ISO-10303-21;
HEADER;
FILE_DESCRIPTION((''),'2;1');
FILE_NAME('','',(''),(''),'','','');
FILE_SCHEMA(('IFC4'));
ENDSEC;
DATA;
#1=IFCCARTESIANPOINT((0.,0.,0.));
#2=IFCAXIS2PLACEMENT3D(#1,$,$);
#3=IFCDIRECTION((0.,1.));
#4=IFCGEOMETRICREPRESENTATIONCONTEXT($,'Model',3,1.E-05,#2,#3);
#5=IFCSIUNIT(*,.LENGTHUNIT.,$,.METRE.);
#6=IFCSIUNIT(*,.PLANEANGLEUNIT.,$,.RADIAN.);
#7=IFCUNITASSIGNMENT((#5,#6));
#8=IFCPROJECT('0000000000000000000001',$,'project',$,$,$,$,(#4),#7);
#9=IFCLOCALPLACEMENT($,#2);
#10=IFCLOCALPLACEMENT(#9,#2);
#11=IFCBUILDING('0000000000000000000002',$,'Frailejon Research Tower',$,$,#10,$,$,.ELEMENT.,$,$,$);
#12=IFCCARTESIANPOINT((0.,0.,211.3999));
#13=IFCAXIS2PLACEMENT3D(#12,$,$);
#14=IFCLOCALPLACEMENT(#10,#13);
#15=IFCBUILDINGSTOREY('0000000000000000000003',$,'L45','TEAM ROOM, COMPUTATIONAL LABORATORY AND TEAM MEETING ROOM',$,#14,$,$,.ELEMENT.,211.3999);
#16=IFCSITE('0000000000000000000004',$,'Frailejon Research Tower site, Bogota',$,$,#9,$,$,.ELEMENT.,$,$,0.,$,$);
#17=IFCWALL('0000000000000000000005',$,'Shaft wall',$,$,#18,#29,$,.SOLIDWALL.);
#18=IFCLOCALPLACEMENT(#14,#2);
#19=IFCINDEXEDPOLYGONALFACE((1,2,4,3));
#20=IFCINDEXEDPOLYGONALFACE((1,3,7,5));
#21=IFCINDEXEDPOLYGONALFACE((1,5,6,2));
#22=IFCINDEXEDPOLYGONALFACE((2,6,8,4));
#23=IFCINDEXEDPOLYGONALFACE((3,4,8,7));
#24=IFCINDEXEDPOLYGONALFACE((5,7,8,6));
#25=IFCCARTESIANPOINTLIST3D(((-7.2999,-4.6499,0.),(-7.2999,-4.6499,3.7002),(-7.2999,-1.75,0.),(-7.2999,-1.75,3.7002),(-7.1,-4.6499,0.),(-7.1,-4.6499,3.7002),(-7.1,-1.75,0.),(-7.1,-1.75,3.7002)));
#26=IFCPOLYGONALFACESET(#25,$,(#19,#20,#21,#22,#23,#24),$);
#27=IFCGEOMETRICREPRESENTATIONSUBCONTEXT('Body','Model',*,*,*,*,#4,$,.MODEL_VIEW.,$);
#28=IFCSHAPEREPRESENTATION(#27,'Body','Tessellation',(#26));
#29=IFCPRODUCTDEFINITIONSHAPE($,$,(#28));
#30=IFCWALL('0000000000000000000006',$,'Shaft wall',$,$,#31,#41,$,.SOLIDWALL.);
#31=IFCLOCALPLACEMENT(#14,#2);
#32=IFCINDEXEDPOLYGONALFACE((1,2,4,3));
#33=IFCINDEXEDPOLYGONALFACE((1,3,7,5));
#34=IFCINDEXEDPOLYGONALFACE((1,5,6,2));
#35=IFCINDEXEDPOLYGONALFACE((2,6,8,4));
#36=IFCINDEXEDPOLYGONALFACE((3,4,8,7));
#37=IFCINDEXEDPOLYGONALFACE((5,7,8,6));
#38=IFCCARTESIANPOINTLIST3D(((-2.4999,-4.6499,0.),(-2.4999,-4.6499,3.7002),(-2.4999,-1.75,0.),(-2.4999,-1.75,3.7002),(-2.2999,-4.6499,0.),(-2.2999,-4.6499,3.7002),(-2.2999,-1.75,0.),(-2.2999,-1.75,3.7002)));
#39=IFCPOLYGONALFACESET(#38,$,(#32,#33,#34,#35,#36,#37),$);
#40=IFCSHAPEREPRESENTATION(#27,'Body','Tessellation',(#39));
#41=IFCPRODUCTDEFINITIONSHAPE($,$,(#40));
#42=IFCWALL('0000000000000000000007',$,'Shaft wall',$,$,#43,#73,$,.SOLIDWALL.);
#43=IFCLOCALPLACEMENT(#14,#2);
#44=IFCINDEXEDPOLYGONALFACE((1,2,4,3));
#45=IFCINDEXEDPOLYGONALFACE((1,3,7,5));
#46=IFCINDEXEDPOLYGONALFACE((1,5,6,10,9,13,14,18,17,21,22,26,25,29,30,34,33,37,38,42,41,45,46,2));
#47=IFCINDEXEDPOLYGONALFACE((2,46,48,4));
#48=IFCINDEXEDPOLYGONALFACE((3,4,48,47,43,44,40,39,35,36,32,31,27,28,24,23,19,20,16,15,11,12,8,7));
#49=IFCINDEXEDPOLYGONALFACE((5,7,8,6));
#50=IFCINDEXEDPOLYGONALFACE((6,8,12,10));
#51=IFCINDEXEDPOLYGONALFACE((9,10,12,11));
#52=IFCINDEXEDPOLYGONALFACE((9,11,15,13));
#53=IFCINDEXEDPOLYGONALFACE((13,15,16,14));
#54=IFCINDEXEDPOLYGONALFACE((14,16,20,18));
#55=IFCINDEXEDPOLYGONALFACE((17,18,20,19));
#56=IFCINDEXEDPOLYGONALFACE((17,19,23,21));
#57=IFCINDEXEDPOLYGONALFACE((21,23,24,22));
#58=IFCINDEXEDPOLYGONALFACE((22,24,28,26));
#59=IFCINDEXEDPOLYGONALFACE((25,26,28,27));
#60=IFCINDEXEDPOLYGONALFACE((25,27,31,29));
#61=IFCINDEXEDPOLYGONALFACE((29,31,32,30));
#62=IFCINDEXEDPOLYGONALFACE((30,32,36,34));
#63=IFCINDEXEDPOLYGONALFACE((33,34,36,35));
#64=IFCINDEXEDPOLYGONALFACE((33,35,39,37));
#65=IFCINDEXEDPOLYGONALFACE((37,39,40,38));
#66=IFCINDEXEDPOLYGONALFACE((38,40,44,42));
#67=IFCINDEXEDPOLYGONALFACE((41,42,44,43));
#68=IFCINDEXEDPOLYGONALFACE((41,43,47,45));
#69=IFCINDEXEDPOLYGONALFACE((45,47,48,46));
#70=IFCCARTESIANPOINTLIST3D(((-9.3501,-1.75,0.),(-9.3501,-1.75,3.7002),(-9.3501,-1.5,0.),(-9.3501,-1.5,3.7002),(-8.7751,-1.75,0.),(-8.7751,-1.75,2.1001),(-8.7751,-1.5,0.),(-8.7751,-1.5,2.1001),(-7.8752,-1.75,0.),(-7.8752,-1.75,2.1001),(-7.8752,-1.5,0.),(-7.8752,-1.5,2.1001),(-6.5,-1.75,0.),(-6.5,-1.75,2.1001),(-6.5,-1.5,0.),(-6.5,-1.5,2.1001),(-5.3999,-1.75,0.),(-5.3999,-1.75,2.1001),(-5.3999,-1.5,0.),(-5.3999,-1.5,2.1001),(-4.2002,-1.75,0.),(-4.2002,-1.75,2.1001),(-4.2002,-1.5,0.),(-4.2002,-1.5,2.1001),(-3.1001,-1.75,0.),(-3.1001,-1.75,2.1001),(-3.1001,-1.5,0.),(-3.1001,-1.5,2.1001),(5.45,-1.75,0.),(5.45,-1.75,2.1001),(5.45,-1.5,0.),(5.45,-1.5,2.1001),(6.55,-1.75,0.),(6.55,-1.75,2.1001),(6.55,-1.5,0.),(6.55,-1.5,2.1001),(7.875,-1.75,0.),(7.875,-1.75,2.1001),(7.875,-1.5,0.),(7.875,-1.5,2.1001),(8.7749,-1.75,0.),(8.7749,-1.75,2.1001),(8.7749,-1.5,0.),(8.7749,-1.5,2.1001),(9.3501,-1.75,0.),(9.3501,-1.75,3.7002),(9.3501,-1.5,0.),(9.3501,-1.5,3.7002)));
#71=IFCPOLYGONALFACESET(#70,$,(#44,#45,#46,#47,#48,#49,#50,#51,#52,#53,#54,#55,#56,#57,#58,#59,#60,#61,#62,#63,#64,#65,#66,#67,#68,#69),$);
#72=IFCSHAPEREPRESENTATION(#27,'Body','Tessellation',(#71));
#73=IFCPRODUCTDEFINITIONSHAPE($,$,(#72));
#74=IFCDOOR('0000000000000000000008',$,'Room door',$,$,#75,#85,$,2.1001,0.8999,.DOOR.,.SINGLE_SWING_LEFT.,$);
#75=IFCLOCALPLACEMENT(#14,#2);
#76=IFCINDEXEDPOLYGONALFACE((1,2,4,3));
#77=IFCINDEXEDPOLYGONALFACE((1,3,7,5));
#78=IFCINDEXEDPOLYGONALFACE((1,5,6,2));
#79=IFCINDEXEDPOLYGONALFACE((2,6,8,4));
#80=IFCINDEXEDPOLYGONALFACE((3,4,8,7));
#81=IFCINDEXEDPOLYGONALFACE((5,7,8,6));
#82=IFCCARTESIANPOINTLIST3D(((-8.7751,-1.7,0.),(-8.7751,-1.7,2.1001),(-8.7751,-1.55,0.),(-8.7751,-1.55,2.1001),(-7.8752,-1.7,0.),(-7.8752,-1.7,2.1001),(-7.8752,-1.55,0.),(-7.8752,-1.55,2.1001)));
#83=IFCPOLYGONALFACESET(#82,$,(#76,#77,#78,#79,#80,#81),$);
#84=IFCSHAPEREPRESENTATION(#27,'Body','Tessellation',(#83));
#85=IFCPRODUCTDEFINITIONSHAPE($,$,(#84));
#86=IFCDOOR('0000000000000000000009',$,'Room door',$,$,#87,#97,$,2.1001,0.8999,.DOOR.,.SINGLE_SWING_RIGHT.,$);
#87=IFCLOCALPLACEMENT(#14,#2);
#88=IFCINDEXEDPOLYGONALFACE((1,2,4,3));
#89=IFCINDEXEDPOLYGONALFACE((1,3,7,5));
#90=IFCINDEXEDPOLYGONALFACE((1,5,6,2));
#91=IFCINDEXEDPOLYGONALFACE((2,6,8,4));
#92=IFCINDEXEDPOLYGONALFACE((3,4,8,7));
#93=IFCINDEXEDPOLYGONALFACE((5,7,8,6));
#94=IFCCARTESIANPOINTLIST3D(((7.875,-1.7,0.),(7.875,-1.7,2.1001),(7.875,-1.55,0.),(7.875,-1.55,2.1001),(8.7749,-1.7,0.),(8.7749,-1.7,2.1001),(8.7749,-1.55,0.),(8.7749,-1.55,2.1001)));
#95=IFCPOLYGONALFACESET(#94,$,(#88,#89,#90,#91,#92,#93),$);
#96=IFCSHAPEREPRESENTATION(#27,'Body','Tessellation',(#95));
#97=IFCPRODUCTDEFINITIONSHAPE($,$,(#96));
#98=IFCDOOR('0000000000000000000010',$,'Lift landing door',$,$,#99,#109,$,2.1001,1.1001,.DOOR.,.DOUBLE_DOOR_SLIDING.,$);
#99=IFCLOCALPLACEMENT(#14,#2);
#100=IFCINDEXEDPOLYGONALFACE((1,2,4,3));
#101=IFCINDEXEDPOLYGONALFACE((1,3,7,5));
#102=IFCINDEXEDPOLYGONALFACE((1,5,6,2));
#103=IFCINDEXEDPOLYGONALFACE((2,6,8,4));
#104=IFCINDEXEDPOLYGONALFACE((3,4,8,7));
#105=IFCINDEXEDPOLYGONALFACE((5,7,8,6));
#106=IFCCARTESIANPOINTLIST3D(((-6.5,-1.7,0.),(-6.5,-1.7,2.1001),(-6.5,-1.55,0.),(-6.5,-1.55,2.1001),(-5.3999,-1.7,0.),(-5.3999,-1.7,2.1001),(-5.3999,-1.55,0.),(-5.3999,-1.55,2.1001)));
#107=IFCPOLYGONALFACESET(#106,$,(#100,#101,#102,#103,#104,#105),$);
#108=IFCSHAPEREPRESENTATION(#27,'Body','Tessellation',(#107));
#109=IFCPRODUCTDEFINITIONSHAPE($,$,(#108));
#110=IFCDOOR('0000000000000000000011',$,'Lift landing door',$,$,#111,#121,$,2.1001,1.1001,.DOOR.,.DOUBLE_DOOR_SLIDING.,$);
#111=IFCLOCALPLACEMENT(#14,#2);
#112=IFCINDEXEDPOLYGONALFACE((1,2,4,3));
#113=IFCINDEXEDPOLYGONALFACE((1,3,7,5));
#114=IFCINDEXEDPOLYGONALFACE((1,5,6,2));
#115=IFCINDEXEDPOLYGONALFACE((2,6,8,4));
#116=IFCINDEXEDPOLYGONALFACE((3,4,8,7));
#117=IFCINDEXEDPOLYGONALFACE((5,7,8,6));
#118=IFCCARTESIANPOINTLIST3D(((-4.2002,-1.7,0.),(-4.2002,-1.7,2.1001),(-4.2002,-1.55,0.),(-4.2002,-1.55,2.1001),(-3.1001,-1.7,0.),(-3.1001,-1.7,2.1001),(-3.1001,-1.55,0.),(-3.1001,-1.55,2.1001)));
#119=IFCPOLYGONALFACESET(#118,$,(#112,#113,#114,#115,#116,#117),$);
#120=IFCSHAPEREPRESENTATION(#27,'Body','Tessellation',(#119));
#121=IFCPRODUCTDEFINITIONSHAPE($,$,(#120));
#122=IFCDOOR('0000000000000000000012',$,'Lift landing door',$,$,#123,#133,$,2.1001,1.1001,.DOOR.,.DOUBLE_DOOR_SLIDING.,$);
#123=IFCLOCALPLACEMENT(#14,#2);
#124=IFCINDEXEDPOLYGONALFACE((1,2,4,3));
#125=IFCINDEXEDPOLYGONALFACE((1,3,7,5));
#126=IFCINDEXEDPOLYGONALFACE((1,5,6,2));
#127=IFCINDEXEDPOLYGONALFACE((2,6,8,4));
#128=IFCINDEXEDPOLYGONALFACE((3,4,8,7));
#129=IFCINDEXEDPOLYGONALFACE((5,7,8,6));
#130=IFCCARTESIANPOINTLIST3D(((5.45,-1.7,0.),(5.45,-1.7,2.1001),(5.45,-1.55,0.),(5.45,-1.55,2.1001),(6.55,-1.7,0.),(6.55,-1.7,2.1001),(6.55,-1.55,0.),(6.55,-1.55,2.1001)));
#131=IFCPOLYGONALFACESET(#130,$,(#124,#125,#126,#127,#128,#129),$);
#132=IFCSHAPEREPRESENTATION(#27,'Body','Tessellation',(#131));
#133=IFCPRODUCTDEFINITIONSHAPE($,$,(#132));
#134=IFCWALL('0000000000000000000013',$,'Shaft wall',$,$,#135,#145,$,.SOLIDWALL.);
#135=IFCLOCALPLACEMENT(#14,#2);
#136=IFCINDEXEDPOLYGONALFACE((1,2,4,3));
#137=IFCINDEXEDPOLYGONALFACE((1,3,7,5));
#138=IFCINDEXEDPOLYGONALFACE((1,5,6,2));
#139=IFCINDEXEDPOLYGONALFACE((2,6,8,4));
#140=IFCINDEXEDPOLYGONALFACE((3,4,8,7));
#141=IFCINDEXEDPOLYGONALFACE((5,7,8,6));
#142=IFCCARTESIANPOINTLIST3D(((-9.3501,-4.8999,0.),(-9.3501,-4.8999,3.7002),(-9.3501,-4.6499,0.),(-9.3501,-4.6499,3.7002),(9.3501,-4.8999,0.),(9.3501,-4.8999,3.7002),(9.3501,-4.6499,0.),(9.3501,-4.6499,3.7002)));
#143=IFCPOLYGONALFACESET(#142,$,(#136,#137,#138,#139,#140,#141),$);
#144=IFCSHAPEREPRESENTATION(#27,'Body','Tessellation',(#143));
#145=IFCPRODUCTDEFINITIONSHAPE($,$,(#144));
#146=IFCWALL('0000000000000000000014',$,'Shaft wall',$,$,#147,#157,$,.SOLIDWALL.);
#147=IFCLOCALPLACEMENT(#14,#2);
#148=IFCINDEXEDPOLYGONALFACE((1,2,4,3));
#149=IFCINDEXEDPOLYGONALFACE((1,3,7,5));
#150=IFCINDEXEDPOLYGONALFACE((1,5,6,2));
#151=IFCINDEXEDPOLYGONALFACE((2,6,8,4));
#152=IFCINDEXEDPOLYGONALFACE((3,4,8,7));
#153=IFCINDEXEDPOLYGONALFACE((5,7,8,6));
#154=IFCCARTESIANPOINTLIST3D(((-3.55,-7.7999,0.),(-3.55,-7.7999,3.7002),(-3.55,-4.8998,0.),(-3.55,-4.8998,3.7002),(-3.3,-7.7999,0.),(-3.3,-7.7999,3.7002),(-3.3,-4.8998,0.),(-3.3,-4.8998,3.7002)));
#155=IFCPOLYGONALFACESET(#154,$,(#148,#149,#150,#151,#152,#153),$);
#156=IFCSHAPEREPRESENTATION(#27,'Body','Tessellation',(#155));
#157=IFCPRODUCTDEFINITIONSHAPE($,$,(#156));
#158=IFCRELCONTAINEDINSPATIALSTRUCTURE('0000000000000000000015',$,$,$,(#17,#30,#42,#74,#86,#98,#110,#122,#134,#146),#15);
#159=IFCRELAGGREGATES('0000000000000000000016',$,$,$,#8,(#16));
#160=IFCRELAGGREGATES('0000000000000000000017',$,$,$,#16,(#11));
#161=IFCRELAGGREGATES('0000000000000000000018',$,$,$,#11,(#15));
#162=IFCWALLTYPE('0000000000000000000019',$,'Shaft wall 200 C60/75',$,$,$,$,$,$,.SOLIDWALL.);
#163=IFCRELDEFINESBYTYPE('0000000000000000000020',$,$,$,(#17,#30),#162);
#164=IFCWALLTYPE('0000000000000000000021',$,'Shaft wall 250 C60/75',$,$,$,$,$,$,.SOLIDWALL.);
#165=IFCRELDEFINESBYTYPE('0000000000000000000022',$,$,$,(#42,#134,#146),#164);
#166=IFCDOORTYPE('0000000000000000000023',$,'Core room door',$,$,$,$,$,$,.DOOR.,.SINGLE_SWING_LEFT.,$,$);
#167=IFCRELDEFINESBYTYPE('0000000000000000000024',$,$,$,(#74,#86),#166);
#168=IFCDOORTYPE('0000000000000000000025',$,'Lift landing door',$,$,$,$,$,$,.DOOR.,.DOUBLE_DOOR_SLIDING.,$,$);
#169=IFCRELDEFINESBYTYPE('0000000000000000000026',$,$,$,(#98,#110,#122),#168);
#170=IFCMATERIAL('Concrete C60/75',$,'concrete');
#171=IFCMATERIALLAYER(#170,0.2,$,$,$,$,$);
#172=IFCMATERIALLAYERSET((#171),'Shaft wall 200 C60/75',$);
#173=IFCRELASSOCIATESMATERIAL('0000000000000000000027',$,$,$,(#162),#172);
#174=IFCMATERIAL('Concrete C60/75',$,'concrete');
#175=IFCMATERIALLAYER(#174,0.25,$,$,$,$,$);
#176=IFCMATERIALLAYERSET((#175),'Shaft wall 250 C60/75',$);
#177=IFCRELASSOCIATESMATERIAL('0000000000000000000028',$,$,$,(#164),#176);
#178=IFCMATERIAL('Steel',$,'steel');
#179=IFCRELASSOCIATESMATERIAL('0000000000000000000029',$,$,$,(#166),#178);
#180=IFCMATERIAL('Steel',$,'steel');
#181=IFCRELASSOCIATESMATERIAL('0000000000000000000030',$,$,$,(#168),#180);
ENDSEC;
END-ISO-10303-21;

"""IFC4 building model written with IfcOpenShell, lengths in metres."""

from ifc_helpers import new_model, si_unit, direction, frame, frame_2d, origin, place, context, subcontext, project, spatial, rectangle, extrude, material, layer, layer_set, type_object, element, fill, save


model = new_model("IFC4")

# Units and contexts
model_context = context("Model", 3, precision=1e-05, world=origin(), true_north=direction((0.0, 1.0)))
body_context = subcontext(model_context, "Body", "Model", "MODEL_VIEW")
ifc_project = project(units=[si_unit("LENGTHUNIT", "METRE"), si_unit("PLANEANGLEUNIT", "RADIAN")], contexts=[model_context])

# Site, building, storey
site_placement = place(None, origin())
site = spatial("IfcSite", under=ifc_project, at=site_placement, Name="Frailejon Research Tower site, Bogota", CompositionType="ELEMENT", RefElevation=0.0)
building_placement = place(site_placement, origin())
building = spatial("IfcBuilding", under=site, at=building_placement, Name="Frailejon Research Tower", CompositionType="ELEMENT")
storey_placement = place(building_placement, frame((0.0, 0.0, 211.3999)))
storey = spatial("IfcBuildingStorey", under=building, at=storey_placement, Name="L45", Description="TEAM ROOM, COMPUTATIONAL LABORATORY AND TEAM MEETING ROOM", CompositionType="ELEMENT", Elevation=211.3999)

# Walls
ifc_material_1 = material(Name="Concrete C60/75", Category="concrete")
ifc_layer_1 = layer(ifc_material_1, 0.2)
ifc_layer_set_1 = layer_set([ifc_layer_1], Name="Shaft wall 200 C60/75")
wall_type_1 = type_object("IfcWallType", Name="Shaft wall 200 C60/75", PredefinedType="SOLIDWALL", material=ifc_layer_set_1)
for number, where, z_axis, x_axis, name in (
    (1, (-7.2, -4.6499, 0.0), (0.0, 0.0, 1.0), (0.0, 1.0, 0.0), "Shaft wall"),
    (2, (-2.3999, -4.6499, 0.0), (0.0, 0.0, 1.0), (0.0, 1.0, 0.0), "Shaft wall"),
):
    element("IfcWall", number, at=place(storey_placement, frame(where, z_axis=z_axis, x_axis=x_axis)), inside=storey, type_object=wall_type_1, Name=name, PredefinedType="SOLIDWALL", context=body_context, shape_type="SweptSolid", body=[
        extrude(rectangle(XDim=2.8999, YDim=0.2, at=frame_2d((1.45, 0.0))), origin(), (0.0, 0.0, 1.0), 3.7002),
    ])

# Wall, openings, doors
ifc_material_2 = material(Name="Concrete C60/75", Category="concrete")
ifc_layer_2 = layer(ifc_material_2, 0.25)
ifc_layer_set_2 = layer_set([ifc_layer_2], Name="Shaft wall 250 C60/75")
wall_type_2 = type_object("IfcWallType", Name="Shaft wall 250 C60/75", PredefinedType="SOLIDWALL", material=ifc_layer_set_2)
wall_1_placement = place(storey_placement, frame((-9.3501, -1.625, 0.0), z_axis=(0.0, 0.0, 1.0), x_axis=(1.0, 0.0, 0.0)))
wall_1 = element("IfcWall", 3, at=wall_1_placement, inside=storey, type_object=wall_type_2, Name="Shaft wall", PredefinedType="SOLIDWALL", context=body_context, shape_type="SweptSolid", body=[
    extrude(rectangle(XDim=18.7002, YDim=0.25, at=frame_2d((9.3501, 0.0))), origin(), (0.0, 0.0, 1.0), 3.7002),
])
opening_1_placement = place(wall_1_placement, frame((2.8501, 0.0, 0.0)))
opening_1 = element("IfcOpeningElement", 4, at=opening_1_placement, cuts=wall_1, PredefinedType="OPENING", context=body_context, shape_type="SweptSolid", body=[
    extrude(rectangle(XDim=1.1001, YDim=2.1001, at=frame_2d((0.55, 1.05))), frame((0.0, 0.135, 0.0), z_axis=(0.0, -1.0, 0.0), x_axis=(1.0, 0.0, 0.0)), (0.0, 0.0, 1.0), 0.27),
])
opening_2_placement = place(wall_1_placement, frame((5.1499, 0.0, 0.0)))
opening_2 = element("IfcOpeningElement", 5, at=opening_2_placement, cuts=wall_1, PredefinedType="OPENING", context=body_context, shape_type="SweptSolid", body=[
    extrude(rectangle(XDim=1.1001, YDim=2.1001, at=frame_2d((0.55, 1.05))), frame((0.0, 0.135, 0.0), z_axis=(0.0, -1.0, 0.0), x_axis=(1.0, 0.0, 0.0)), (0.0, 0.0, 1.0), 0.27),
])
opening_3_placement = place(wall_1_placement, frame((14.8, 0.0, 0.0)))
opening_3 = element("IfcOpeningElement", 6, at=opening_3_placement, cuts=wall_1, PredefinedType="OPENING", context=body_context, shape_type="SweptSolid", body=[
    extrude(rectangle(XDim=1.1001, YDim=2.1001, at=frame_2d((0.55, 1.05))), frame((0.0, 0.135, 0.0), z_axis=(0.0, -1.0, 0.0), x_axis=(1.0, 0.0, 0.0)), (0.0, 0.0, 1.0), 0.27),
])
opening_4_placement = place(wall_1_placement, frame((0.575, 0.0, 0.0)))
opening_4 = element("IfcOpeningElement", 7, at=opening_4_placement, cuts=wall_1, PredefinedType="OPENING", context=body_context, shape_type="SweptSolid", body=[
    extrude(rectangle(XDim=0.8999, YDim=2.1001, at=frame_2d((0.45, 1.05))), frame((0.0, 0.135, 0.0), z_axis=(0.0, -1.0, 0.0), x_axis=(1.0, 0.0, 0.0)), (0.0, 0.0, 1.0), 0.27),
])
opening_5_placement = place(wall_1_placement, frame((17.2251, 0.0, 0.0)))
opening_5 = element("IfcOpeningElement", 8, at=opening_5_placement, cuts=wall_1, PredefinedType="OPENING", context=body_context, shape_type="SweptSolid", body=[
    extrude(rectangle(XDim=0.8999, YDim=2.1001, at=frame_2d((0.45, 1.05))), frame((0.0, 0.135, 0.0), z_axis=(0.0, -1.0, 0.0), x_axis=(1.0, 0.0, 0.0)), (0.0, 0.0, 1.0), 0.27),
])
ifc_material_3 = material(Name="Steel", Category="steel")
door_type_1 = type_object("IfcDoorType", Name="Core room door", OperationType="SINGLE_SWING_LEFT", PredefinedType="DOOR", material=ifc_material_3)
door_1_placement = place(opening_4_placement, origin())
door_1 = element("IfcDoor", 9, at=door_1_placement, inside=storey, type_object=door_type_1, Name="Room door", OperationType="SINGLE_SWING_LEFT", OverallHeight=2.1001, OverallWidth=0.8999, PredefinedType="DOOR", context=body_context, shape_type="SweptSolid", body=[
    extrude(rectangle(XDim=0.8999, YDim=2.1001, at=frame_2d((0.45, 1.05))), frame((0.0, 0.075, 0.0), z_axis=(0.0, -1.0, 0.0), x_axis=(1.0, 0.0, 0.0)), (0.0, 0.0, 1.0), 0.1499),
])
fill(opening_4, door_1)
door_2_placement = place(opening_5_placement, origin())
door_2 = element("IfcDoor", 10, at=door_2_placement, inside=storey, type_object=door_type_1, Name="Room door", OperationType="SINGLE_SWING_RIGHT", OverallHeight=2.1001, OverallWidth=0.8999, PredefinedType="DOOR", context=body_context, shape_type="SweptSolid", body=[
    extrude(rectangle(XDim=0.8999, YDim=2.1001, at=frame_2d((0.45, 1.05))), frame((0.0, 0.075, 0.0), z_axis=(0.0, -1.0, 0.0), x_axis=(1.0, 0.0, 0.0)), (0.0, 0.0, 1.0), 0.1499),
])
fill(opening_5, door_2)
ifc_material_4 = material(Name="Steel", Category="steel")
door_type_2 = type_object("IfcDoorType", Name="Lift landing door", OperationType="DOUBLE_DOOR_SLIDING", PredefinedType="DOOR", material=ifc_material_4)
door_3_placement = place(opening_1_placement, origin())
door_3 = element("IfcDoor", 11, at=door_3_placement, inside=storey, type_object=door_type_2, Name="Lift landing door", OperationType="DOUBLE_DOOR_SLIDING", OverallHeight=2.1001, OverallWidth=1.1001, PredefinedType="DOOR", context=body_context, shape_type="SweptSolid", body=[
    extrude(rectangle(XDim=1.1001, YDim=2.1001, at=frame_2d((0.55, 1.05))), frame((0.0, 0.075, 0.0), z_axis=(0.0, -1.0, 0.0), x_axis=(1.0, 0.0, 0.0)), (0.0, 0.0, 1.0), 0.1499),
])
fill(opening_1, door_3)
door_4_placement = place(opening_2_placement, origin())
door_4 = element("IfcDoor", 12, at=door_4_placement, inside=storey, type_object=door_type_2, Name="Lift landing door", OperationType="DOUBLE_DOOR_SLIDING", OverallHeight=2.1001, OverallWidth=1.1001, PredefinedType="DOOR", context=body_context, shape_type="SweptSolid", body=[
    extrude(rectangle(XDim=1.1001, YDim=2.1001, at=frame_2d((0.55, 1.05))), frame((0.0, 0.075, 0.0), z_axis=(0.0, -1.0, 0.0), x_axis=(1.0, 0.0, 0.0)), (0.0, 0.0, 1.0), 0.1499),
])
fill(opening_2, door_4)
door_5_placement = place(opening_3_placement, origin())
door_5 = element("IfcDoor", 13, at=door_5_placement, inside=storey, type_object=door_type_2, Name="Lift landing door", OperationType="DOUBLE_DOOR_SLIDING", OverallHeight=2.1001, OverallWidth=1.1001, PredefinedType="DOOR", context=body_context, shape_type="SweptSolid", body=[
    extrude(rectangle(XDim=1.1001, YDim=2.1001, at=frame_2d((0.55, 1.05))), frame((0.0, 0.075, 0.0), z_axis=(0.0, -1.0, 0.0), x_axis=(1.0, 0.0, 0.0)), (0.0, 0.0, 1.0), 0.1499),
])
fill(opening_3, door_5)

# Walls
wall_2_placement = place(storey_placement, frame((-9.3501, -4.7749, 0.0), z_axis=(0.0, 0.0, 1.0), x_axis=(1.0, 0.0, 0.0)))
element("IfcWall", 14, at=wall_2_placement, inside=storey, type_object=wall_type_2, Name="Shaft wall", PredefinedType="SOLIDWALL", context=body_context, shape_type="SweptSolid", body=[
    extrude(rectangle(XDim=18.7002, YDim=0.25, at=frame_2d((9.3501, 0.0))), origin(), (0.0, 0.0, 1.0), 3.7002),
])
wall_3_placement = place(storey_placement, frame((-3.425, -7.8, 0.0), z_axis=(0.0, 0.0, 1.0), x_axis=(0.0, 1.0, 0.0)))
element("IfcWall", 15, at=wall_3_placement, inside=storey, type_object=wall_type_2, Name="Shaft wall", PredefinedType="SOLIDWALL", context=body_context, shape_type="SweptSolid", body=[
    extrude(rectangle(XDim=2.9001, YDim=0.25, at=frame_2d((1.4502, 0.0))), origin(), (0.0, 0.0, 1.0), 3.7002),
])

save(model, "model.ifc")
